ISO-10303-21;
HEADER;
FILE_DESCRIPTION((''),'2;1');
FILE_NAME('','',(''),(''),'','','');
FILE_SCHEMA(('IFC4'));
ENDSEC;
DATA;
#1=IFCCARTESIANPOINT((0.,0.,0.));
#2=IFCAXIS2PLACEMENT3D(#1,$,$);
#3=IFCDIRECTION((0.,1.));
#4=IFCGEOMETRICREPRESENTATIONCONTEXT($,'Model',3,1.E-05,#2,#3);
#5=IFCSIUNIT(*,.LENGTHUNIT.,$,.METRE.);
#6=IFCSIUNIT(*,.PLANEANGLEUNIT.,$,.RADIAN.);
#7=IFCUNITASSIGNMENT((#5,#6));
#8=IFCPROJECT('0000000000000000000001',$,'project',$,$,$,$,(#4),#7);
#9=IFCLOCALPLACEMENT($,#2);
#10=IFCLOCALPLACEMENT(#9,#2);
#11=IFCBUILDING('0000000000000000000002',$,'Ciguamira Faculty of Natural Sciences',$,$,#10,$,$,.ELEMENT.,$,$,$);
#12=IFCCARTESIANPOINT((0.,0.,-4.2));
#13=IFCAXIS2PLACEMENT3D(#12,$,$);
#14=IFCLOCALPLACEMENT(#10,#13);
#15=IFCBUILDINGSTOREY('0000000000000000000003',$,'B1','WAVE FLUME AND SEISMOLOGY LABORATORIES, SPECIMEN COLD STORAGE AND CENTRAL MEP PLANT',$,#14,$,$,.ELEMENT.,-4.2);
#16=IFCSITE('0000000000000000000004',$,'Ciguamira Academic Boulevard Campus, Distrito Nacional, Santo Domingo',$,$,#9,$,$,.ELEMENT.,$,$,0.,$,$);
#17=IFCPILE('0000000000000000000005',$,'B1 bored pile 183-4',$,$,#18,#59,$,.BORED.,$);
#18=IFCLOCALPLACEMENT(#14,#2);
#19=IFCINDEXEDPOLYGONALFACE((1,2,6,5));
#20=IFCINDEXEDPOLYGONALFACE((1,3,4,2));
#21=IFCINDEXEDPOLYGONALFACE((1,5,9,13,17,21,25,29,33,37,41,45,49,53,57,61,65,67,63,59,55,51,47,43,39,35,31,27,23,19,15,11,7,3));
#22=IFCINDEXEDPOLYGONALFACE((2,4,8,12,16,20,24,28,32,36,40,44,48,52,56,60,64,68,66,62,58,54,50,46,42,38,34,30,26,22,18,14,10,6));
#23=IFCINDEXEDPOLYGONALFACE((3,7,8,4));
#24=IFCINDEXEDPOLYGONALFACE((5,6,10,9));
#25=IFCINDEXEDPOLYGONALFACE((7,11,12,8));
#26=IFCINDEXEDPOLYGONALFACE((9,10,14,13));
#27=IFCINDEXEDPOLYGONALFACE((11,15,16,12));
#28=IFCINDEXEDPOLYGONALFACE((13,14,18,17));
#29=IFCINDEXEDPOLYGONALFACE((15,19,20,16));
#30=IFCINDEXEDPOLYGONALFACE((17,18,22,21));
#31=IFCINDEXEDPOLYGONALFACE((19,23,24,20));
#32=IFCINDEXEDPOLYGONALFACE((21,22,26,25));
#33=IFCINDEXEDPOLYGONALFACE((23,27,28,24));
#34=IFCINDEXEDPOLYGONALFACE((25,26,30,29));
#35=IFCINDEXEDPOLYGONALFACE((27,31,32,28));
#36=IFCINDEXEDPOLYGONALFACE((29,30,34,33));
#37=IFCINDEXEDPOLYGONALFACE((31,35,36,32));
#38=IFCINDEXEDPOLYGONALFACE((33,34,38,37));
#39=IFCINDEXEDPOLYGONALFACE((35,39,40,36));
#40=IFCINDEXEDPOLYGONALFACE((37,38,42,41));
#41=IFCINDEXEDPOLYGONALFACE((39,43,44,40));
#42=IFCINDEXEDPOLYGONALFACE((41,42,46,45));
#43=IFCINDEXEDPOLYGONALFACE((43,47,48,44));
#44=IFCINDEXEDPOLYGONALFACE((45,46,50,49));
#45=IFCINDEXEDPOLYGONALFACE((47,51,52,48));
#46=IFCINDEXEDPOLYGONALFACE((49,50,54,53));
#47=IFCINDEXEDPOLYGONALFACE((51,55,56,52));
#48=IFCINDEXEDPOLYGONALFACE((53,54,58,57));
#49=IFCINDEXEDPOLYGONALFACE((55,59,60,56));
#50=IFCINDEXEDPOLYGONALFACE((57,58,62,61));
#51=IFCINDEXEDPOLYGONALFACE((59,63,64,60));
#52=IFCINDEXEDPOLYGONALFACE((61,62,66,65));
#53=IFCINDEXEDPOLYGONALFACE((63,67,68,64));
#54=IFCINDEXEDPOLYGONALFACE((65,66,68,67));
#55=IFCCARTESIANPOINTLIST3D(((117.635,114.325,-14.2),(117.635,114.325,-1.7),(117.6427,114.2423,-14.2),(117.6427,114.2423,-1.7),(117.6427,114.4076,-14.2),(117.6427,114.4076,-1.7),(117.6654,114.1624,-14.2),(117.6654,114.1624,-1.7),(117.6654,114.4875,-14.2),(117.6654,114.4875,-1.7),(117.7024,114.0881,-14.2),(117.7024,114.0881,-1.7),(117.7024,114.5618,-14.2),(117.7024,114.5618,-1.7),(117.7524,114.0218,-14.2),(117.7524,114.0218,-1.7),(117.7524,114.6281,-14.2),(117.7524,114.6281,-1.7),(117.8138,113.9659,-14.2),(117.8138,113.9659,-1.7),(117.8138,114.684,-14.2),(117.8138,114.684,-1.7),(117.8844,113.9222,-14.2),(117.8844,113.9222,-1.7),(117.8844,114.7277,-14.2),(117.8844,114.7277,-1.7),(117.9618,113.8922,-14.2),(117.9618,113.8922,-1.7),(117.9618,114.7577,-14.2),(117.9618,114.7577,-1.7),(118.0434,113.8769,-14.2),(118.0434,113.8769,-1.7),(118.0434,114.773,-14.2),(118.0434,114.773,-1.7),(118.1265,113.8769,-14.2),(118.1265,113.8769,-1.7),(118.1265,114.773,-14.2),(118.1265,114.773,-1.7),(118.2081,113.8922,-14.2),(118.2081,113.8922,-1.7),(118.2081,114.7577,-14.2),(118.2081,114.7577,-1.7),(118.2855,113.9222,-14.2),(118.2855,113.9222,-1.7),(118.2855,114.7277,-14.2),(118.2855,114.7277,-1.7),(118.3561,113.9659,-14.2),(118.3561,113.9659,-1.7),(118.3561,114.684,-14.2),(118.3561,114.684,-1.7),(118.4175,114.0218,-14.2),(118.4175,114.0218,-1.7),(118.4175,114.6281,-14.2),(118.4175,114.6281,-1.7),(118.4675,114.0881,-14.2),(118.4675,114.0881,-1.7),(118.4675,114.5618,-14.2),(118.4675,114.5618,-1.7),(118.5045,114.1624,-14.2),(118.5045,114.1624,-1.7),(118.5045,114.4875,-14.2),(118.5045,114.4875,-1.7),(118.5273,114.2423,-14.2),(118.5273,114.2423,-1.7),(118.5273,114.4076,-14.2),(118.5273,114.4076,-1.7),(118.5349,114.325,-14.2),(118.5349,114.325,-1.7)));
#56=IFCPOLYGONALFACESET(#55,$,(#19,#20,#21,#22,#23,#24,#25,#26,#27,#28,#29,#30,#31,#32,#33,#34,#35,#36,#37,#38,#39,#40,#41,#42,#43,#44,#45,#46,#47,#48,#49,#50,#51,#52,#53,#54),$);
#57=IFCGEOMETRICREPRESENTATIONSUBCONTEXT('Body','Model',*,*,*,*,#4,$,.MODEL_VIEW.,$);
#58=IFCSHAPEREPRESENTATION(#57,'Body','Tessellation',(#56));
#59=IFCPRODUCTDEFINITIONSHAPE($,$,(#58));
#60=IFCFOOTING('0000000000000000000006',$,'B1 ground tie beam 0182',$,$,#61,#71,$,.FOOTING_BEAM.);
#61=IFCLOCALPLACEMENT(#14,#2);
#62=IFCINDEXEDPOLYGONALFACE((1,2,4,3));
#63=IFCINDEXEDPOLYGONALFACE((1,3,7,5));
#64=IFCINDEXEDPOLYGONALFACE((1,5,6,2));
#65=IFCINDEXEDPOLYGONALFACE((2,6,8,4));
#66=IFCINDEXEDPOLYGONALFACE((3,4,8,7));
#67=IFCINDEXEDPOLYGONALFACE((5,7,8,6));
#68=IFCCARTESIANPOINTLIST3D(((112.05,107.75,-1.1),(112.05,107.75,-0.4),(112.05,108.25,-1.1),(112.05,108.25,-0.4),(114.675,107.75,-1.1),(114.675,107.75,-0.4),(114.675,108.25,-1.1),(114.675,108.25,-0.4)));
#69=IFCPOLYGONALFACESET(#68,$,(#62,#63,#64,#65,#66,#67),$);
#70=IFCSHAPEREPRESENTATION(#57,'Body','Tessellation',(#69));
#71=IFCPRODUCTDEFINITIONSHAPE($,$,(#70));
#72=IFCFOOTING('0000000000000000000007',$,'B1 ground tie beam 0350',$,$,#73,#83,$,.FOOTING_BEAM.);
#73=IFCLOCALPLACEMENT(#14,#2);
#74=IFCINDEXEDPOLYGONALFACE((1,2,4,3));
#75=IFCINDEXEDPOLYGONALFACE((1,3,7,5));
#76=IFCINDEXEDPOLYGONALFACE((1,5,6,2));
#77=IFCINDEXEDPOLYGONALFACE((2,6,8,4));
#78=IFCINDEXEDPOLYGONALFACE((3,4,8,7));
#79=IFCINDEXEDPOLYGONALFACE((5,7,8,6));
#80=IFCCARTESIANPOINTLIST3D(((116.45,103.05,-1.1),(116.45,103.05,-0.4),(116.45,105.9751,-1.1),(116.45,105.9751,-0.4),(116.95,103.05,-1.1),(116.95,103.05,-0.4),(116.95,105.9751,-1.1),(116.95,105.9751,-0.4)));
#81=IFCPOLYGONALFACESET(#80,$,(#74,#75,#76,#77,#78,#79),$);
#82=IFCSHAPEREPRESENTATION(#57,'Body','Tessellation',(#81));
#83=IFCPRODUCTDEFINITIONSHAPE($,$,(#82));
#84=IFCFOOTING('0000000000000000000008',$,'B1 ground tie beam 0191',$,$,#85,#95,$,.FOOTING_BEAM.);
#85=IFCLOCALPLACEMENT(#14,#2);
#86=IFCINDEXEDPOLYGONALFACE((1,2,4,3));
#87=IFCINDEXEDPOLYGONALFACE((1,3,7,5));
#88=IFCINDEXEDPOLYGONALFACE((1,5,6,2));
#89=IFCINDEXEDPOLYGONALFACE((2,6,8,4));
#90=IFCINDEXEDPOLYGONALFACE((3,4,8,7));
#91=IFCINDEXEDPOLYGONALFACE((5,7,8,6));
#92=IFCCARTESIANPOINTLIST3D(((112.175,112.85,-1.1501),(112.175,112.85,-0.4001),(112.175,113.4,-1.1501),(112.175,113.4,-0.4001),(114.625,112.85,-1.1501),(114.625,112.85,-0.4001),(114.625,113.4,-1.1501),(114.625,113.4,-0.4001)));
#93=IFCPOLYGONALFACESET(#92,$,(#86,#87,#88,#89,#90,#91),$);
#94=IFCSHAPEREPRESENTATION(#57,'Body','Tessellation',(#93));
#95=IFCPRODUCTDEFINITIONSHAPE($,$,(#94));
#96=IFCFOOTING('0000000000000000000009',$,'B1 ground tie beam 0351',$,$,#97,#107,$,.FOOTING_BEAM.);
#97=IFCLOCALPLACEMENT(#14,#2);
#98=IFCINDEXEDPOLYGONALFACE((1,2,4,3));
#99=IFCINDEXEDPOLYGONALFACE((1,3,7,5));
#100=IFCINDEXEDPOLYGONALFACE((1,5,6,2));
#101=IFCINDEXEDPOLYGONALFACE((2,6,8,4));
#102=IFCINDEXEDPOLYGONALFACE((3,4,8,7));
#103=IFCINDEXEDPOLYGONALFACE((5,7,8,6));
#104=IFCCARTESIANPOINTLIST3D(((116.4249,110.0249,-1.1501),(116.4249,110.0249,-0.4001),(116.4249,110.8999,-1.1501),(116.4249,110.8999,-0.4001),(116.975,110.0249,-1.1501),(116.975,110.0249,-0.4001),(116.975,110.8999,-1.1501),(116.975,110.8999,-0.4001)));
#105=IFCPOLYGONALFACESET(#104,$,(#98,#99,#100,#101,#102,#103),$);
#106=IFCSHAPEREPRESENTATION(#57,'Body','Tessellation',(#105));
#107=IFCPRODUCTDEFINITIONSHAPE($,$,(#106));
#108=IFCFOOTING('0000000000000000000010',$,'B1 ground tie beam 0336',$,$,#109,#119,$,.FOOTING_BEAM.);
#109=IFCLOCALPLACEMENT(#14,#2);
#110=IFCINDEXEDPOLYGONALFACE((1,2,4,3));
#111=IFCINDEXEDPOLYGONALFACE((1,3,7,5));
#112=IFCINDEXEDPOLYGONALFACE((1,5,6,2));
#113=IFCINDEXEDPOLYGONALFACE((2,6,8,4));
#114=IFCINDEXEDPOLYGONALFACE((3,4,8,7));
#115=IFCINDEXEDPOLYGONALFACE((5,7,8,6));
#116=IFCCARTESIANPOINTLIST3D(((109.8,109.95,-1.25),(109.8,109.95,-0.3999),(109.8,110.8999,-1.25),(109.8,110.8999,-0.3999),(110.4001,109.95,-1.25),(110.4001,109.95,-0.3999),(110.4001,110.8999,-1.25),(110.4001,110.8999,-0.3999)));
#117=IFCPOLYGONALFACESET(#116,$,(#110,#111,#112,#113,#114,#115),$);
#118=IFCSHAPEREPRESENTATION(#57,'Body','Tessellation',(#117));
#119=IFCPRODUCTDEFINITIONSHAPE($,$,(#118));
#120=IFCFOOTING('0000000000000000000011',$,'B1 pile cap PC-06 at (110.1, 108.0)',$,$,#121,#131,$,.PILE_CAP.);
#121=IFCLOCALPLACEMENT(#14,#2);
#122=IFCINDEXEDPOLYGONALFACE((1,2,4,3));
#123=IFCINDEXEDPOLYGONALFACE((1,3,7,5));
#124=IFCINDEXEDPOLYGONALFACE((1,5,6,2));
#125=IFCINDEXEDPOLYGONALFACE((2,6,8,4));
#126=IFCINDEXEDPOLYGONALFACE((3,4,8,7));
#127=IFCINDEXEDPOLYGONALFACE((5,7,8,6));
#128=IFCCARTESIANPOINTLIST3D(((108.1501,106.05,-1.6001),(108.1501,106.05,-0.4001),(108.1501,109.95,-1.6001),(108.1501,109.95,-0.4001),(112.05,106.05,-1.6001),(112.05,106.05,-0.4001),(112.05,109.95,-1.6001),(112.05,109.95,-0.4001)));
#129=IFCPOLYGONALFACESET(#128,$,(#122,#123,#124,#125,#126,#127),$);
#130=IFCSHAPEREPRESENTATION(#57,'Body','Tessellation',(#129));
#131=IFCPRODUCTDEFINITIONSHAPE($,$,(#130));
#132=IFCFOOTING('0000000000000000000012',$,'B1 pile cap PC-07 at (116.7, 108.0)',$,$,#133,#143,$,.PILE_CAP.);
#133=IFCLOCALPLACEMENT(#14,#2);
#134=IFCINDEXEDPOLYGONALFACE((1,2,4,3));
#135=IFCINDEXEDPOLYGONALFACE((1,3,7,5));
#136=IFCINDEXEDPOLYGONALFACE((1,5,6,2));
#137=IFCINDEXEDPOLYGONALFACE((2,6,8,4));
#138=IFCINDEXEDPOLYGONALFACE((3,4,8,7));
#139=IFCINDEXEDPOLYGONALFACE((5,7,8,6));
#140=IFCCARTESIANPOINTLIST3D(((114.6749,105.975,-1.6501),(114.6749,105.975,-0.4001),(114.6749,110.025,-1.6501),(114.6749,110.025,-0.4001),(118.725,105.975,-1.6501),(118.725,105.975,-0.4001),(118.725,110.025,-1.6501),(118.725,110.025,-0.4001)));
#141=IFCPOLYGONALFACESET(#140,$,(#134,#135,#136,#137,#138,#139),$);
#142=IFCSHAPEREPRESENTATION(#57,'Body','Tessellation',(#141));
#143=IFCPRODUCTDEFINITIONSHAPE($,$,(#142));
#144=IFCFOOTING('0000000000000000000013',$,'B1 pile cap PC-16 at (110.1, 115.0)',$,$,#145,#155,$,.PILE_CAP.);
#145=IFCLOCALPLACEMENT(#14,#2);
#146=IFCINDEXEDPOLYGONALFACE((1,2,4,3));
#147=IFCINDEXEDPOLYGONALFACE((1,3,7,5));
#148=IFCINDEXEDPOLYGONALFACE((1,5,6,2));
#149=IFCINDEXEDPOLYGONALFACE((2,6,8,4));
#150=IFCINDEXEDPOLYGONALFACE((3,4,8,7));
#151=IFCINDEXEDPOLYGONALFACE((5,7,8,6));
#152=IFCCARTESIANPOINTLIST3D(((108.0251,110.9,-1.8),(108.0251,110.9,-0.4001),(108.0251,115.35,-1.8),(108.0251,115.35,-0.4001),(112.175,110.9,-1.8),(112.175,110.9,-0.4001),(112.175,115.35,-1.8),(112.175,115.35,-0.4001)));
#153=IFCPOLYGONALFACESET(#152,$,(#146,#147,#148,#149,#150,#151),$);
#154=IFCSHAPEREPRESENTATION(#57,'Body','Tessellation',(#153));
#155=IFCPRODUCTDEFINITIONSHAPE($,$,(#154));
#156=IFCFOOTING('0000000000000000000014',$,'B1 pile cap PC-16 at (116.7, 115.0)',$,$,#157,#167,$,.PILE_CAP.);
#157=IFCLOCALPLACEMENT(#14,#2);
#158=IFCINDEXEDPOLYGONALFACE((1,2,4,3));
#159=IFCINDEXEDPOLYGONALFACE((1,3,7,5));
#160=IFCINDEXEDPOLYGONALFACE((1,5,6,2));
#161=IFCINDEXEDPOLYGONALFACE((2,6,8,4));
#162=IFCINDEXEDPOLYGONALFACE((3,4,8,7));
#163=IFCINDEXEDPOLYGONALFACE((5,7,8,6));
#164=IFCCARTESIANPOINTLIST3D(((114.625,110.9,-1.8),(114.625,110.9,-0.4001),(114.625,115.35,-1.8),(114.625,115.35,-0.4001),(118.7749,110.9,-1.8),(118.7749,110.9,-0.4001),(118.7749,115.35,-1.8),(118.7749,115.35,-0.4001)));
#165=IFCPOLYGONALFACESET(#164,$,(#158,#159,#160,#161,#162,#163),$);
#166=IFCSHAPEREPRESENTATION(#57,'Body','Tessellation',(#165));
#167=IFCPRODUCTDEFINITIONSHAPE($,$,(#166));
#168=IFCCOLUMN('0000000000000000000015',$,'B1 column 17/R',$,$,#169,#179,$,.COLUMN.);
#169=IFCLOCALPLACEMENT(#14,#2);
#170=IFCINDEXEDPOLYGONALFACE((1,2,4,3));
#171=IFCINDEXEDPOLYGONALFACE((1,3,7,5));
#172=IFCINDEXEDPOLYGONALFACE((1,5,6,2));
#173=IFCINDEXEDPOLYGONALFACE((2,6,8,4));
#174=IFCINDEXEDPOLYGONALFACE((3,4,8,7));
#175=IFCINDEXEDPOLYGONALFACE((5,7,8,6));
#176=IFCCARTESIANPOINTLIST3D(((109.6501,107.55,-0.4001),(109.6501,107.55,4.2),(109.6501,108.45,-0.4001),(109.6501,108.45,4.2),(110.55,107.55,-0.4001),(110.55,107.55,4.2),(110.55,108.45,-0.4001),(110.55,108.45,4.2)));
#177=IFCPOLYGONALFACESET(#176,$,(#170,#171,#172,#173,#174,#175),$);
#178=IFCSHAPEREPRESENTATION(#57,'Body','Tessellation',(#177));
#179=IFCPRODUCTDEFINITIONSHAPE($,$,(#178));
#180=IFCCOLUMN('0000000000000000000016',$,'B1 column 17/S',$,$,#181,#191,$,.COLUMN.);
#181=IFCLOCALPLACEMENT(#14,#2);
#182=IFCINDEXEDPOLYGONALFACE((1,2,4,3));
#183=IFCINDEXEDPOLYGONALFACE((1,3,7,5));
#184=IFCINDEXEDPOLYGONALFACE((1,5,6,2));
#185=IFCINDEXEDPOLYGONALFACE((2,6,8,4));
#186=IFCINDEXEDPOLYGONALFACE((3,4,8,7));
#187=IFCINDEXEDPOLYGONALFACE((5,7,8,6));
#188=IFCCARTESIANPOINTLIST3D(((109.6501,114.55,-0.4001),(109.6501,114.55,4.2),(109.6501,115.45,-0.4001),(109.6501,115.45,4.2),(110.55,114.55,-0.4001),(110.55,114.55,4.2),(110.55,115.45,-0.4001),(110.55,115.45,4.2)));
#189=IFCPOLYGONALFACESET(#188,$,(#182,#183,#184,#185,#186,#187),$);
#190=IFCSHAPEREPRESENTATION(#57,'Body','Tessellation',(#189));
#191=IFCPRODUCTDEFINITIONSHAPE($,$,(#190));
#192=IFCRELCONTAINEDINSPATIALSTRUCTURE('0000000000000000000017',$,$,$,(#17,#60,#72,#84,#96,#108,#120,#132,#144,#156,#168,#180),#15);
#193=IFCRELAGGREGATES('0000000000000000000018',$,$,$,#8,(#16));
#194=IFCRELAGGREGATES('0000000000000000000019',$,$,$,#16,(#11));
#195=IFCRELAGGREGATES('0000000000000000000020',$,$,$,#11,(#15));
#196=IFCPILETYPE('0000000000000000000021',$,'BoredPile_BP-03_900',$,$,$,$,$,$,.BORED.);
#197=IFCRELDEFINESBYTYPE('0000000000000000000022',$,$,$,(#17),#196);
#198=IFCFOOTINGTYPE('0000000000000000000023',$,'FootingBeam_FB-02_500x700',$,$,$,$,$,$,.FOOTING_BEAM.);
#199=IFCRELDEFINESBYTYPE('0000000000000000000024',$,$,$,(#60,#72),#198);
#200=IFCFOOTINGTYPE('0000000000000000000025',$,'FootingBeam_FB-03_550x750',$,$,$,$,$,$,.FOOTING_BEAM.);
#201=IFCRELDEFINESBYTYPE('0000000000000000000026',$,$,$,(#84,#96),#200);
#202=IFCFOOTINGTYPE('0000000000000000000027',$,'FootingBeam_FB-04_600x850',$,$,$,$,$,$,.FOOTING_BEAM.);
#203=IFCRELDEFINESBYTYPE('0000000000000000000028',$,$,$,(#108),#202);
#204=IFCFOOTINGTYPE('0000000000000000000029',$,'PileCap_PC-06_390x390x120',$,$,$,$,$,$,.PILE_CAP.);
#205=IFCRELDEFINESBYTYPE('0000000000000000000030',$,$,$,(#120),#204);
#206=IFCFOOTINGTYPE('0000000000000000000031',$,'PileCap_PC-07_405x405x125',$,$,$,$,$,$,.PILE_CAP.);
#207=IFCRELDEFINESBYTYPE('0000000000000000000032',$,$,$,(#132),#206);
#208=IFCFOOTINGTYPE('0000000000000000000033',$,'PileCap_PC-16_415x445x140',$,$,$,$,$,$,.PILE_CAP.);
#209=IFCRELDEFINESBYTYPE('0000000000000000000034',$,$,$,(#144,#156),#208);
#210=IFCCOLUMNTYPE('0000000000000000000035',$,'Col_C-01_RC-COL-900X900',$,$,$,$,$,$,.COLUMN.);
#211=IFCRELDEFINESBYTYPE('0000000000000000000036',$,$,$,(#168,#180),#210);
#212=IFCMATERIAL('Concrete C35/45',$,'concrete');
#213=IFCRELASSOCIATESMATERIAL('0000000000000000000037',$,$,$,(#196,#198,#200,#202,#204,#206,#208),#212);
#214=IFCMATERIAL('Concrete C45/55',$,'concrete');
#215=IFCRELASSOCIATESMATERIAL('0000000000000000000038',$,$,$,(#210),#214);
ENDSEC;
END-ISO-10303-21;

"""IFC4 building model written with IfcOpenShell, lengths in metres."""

from ifc_helpers import new_model, si_unit, direction, frame, origin, origin_2d, place, context, subcontext, project, spatial, rectangle, circle, extrude, material, material_profile, profile_set, type_object, element, save


model = new_model("IFC4")

# Units and contexts
model_context = context("Model", 3, precision=1e-05, world=origin(), true_north=direction((0.0, 1.0)))
body_context = subcontext(model_context, "Body", "Model", "MODEL_VIEW")
ifc_project = project(units=[si_unit("LENGTHUNIT", "METRE"), si_unit("PLANEANGLEUNIT", "RADIAN")], contexts=[model_context])

# Site, building, storey
site_placement = place(None, origin())
site = spatial("IfcSite", under=ifc_project, at=site_placement, Name="Ciguamira Academic Boulevard Campus, Distrito Nacional, Santo Domingo", CompositionType="ELEMENT", RefElevation=0.0)
building_placement = place(site_placement, origin())
building = spatial("IfcBuilding", under=site, at=building_placement, Name="Ciguamira Faculty of Natural Sciences", CompositionType="ELEMENT")
storey_placement = place(building_placement, frame((0.0, 0.0, -4.2)))
storey = spatial("IfcBuildingStorey", under=building, at=storey_placement, Name="B1", Description="WAVE FLUME AND SEISMOLOGY LABORATORIES, SPECIMEN COLD STORAGE AND CENTRAL MEP PLANT", CompositionType="ELEMENT", Elevation=-4.2)

# Pile
ifc_material_1 = material(Name="Concrete C35/45", Category="concrete")
ifc_material_profile_1 = material_profile(ifc_material_1, circle(Radius=0.45, at=origin_2d()), Name="PILE-BORED-900")
ifc_profile_set_1 = profile_set([ifc_material_profile_1], Name="Concrete C35/45")
pile_type = type_object("IfcPileType", Name="BoredPile_BP-03_900", PredefinedType="BORED", material=ifc_profile_set_1)
for number, where, z_axis, x_axis, name in (
    (1, (118.085, 114.325, -1.7), (0.0, 0.0, -1.0), (1.0, 0.0, 0.0), "B1 bored pile 183-4"),
):
    element("IfcPile", number, at=place(storey_placement, frame(where, z_axis=z_axis, x_axis=x_axis)), inside=storey, type_object=pile_type, Name=name, PredefinedType="BORED", context=body_context, shape_type="SweptSolid", body=[
        extrude(circle(Radius=0.45, at=origin_2d()), origin(), (0.0, 0.0, 1.0), 12.5),
    ])

# Footings
ifc_material_profile_2 = material_profile(ifc_material_1, rectangle(XDim=0.5, YDim=0.7, at=origin_2d()), Name="RC-FB-500X700")
ifc_profile_set_2 = profile_set([ifc_material_profile_2], Name="Concrete C35/45")
footing_type_1 = type_object("IfcFootingType", Name="FootingBeam_FB-02_500x700", PredefinedType="FOOTING_BEAM", material=ifc_profile_set_2)
footing_1_placement = place(storey_placement, frame((112.05, 108.0, -0.75), z_axis=(1.0, 0.0, 0.0), x_axis=(0.0, 1.0, 0.0)))
element("IfcFooting", 2, at=footing_1_placement, inside=storey, type_object=footing_type_1, Name="B1 ground tie beam 0182", PredefinedType="FOOTING_BEAM", context=body_context, shape_type="SweptSolid", body=[
    extrude(rectangle(XDim=0.5, YDim=0.7, at=origin_2d()), origin(), (0.0, 0.0, 1.0), 2.625),
])
footing_2_placement = place(storey_placement, frame((116.7, 103.05, -0.75), z_axis=(0.0, 1.0, 0.0), x_axis=(-1.0, 0.0, 0.0)))
element("IfcFooting", 3, at=footing_2_placement, inside=storey, type_object=footing_type_1, Name="B1 ground tie beam 0350", PredefinedType="FOOTING_BEAM", context=body_context, shape_type="SweptSolid", body=[
    extrude(rectangle(XDim=0.5, YDim=0.7, at=origin_2d()), origin(), (0.0, 0.0, 1.0), 2.925),
])
ifc_material_profile_3 = material_profile(ifc_material_1, rectangle(XDim=0.55, YDim=0.75, at=origin_2d()), Name="RC-FB-550X750")
ifc_profile_set_3 = profile_set([ifc_material_profile_3], Name="Concrete C35/45")
footing_type_2 = type_object("IfcFootingType", Name="FootingBeam_FB-03_550x750", PredefinedType="FOOTING_BEAM", material=ifc_profile_set_3)
footing_3_placement = place(storey_placement, frame((112.175, 113.125, -0.7751), z_axis=(1.0, 0.0, 0.0), x_axis=(0.0, 1.0, 0.0)))
element("IfcFooting", 4, at=footing_3_placement, inside=storey, type_object=footing_type_2, Name="B1 ground tie beam 0191", PredefinedType="FOOTING_BEAM", context=body_context, shape_type="SweptSolid", body=[
    extrude(rectangle(XDim=0.55, YDim=0.75, at=origin_2d()), origin(), (0.0, 0.0, 1.0), 2.45),
])
footing_4_placement = place(storey_placement, frame((116.7, 110.0249, -0.7751), z_axis=(0.0, 1.0, 0.0), x_axis=(-1.0, 0.0, 0.0)))
element("IfcFooting", 5, at=footing_4_placement, inside=storey, type_object=footing_type_2, Name="B1 ground tie beam 0351", PredefinedType="FOOTING_BEAM", context=body_context, shape_type="SweptSolid", body=[
    extrude(rectangle(XDim=0.55, YDim=0.75, at=origin_2d()), origin(), (0.0, 0.0, 1.0), 0.875),
])
ifc_material_profile_4 = material_profile(ifc_material_1, rectangle(XDim=0.6001, YDim=0.8501, at=origin_2d()), Name="RC-FB-600X850")
ifc_profile_set_4 = profile_set([ifc_material_profile_4], Name="Concrete C35/45")
footing_type_3 = type_object("IfcFootingType", Name="FootingBeam_FB-04_600x850", PredefinedType="FOOTING_BEAM", material=ifc_profile_set_4)
footing_5_placement = place(storey_placement, frame((110.1001, 109.95, -0.825), z_axis=(0.0, 1.0, 0.0), x_axis=(-1.0, 0.0, 0.0)))
element("IfcFooting", 6, at=footing_5_placement, inside=storey, type_object=footing_type_3, Name="B1 ground tie beam 0336", PredefinedType="FOOTING_BEAM", context=body_context, shape_type="SweptSolid", body=[
    extrude(rectangle(XDim=0.6001, YDim=0.8501, at=origin_2d()), origin(), (0.0, 0.0, 1.0), 0.95),
])
footing_type_4 = type_object("IfcFootingType", Name="PileCap_PC-06_390x390x120", PredefinedType="PILE_CAP", material=ifc_material_1)
footing_6_placement = place(storey_placement, frame((110.1001, 108.0, -1.6001), z_axis=(0.0, 0.0, 1.0), x_axis=(1.0, 0.0, 0.0)))
element("IfcFooting", 7, at=footing_6_placement, inside=storey, type_object=footing_type_4, Name="B1 pile cap PC-06 at (110.1, 108.0)", PredefinedType="PILE_CAP", context=body_context, shape_type="SweptSolid", body=[
    extrude(rectangle(XDim=3.8999, YDim=3.8999, at=origin_2d()), origin(), (0.0, 0.0, 1.0), 1.2),
])
footing_type_5 = type_object("IfcFootingType", Name="PileCap_PC-07_405x405x125", PredefinedType="PILE_CAP", material=ifc_material_1)
footing_7_placement = place(storey_placement, frame((116.7, 108.0, -1.6501), z_axis=(0.0, 0.0, 1.0), x_axis=(1.0, 0.0, 0.0)))
element("IfcFooting", 8, at=footing_7_placement, inside=storey, type_object=footing_type_5, Name="B1 pile cap PC-07 at (116.7, 108.0)", PredefinedType="PILE_CAP", context=body_context, shape_type="SweptSolid", body=[
    extrude(rectangle(XDim=4.05, YDim=4.05, at=origin_2d()), origin(), (0.0, 0.0, 1.0), 1.25),
])
footing_type_6 = type_object("IfcFootingType", Name="PileCap_PC-16_415x445x140", PredefinedType="PILE_CAP", material=ifc_material_1)
for number, where, z_axis, x_axis, name in (
    (9, (110.1001, 113.125, -1.8), (0.0, 0.0, 1.0), (1.0, 0.0, 0.0), "B1 pile cap PC-16 at (110.1, 115.0)"),
    (10, (116.7, 113.125, -1.8), (0.0, 0.0, 1.0), (1.0, 0.0, 0.0), "B1 pile cap PC-16 at (116.7, 115.0)"),
):
    element("IfcFooting", number, at=place(storey_placement, frame(where, z_axis=z_axis, x_axis=x_axis)), inside=storey, type_object=footing_type_6, Name=name, PredefinedType="PILE_CAP", context=body_context, shape_type="SweptSolid", body=[
        extrude(rectangle(XDim=4.1499, YDim=4.45, at=origin_2d()), origin(), (0.0, 0.0, 1.0), 1.3999),
    ])

# Columns
ifc_material_2 = material(Name="Concrete C45/55", Category="concrete")
ifc_material_profile_5 = material_profile(ifc_material_2, rectangle(XDim=0.8999, YDim=0.8999, at=origin_2d()), Name="RC-COL-900X900")
ifc_profile_set_5 = profile_set([ifc_material_profile_5], Name="Concrete C45/55")
column_type = type_object("IfcColumnType", Name="Col_C-01_RC-COL-900X900", PredefinedType="COLUMN", material=ifc_profile_set_5)
for number, where, z_axis, x_axis, name in (
    (11, (110.1001, 108.0, -0.4001), (0.0, 0.0, 1.0), (1.0, 0.0, 0.0), "B1 column 17/R"),
    (12, (110.1001, 115.0, -0.4001), (0.0, 0.0, 1.0), (1.0, 0.0, 0.0), "B1 column 17/S"),
):
    element("IfcColumn", number, at=place(storey_placement, frame(where, z_axis=z_axis, x_axis=x_axis)), inside=storey, type_object=column_type, Name=name, PredefinedType="COLUMN", context=body_context, shape_type="SweptSolid", body=[
        extrude(rectangle(XDim=0.8999, YDim=0.8999, at=origin_2d()), origin(), (0.0, 0.0, 1.0), 4.6001),
    ])

save(model, "model.ifc")
